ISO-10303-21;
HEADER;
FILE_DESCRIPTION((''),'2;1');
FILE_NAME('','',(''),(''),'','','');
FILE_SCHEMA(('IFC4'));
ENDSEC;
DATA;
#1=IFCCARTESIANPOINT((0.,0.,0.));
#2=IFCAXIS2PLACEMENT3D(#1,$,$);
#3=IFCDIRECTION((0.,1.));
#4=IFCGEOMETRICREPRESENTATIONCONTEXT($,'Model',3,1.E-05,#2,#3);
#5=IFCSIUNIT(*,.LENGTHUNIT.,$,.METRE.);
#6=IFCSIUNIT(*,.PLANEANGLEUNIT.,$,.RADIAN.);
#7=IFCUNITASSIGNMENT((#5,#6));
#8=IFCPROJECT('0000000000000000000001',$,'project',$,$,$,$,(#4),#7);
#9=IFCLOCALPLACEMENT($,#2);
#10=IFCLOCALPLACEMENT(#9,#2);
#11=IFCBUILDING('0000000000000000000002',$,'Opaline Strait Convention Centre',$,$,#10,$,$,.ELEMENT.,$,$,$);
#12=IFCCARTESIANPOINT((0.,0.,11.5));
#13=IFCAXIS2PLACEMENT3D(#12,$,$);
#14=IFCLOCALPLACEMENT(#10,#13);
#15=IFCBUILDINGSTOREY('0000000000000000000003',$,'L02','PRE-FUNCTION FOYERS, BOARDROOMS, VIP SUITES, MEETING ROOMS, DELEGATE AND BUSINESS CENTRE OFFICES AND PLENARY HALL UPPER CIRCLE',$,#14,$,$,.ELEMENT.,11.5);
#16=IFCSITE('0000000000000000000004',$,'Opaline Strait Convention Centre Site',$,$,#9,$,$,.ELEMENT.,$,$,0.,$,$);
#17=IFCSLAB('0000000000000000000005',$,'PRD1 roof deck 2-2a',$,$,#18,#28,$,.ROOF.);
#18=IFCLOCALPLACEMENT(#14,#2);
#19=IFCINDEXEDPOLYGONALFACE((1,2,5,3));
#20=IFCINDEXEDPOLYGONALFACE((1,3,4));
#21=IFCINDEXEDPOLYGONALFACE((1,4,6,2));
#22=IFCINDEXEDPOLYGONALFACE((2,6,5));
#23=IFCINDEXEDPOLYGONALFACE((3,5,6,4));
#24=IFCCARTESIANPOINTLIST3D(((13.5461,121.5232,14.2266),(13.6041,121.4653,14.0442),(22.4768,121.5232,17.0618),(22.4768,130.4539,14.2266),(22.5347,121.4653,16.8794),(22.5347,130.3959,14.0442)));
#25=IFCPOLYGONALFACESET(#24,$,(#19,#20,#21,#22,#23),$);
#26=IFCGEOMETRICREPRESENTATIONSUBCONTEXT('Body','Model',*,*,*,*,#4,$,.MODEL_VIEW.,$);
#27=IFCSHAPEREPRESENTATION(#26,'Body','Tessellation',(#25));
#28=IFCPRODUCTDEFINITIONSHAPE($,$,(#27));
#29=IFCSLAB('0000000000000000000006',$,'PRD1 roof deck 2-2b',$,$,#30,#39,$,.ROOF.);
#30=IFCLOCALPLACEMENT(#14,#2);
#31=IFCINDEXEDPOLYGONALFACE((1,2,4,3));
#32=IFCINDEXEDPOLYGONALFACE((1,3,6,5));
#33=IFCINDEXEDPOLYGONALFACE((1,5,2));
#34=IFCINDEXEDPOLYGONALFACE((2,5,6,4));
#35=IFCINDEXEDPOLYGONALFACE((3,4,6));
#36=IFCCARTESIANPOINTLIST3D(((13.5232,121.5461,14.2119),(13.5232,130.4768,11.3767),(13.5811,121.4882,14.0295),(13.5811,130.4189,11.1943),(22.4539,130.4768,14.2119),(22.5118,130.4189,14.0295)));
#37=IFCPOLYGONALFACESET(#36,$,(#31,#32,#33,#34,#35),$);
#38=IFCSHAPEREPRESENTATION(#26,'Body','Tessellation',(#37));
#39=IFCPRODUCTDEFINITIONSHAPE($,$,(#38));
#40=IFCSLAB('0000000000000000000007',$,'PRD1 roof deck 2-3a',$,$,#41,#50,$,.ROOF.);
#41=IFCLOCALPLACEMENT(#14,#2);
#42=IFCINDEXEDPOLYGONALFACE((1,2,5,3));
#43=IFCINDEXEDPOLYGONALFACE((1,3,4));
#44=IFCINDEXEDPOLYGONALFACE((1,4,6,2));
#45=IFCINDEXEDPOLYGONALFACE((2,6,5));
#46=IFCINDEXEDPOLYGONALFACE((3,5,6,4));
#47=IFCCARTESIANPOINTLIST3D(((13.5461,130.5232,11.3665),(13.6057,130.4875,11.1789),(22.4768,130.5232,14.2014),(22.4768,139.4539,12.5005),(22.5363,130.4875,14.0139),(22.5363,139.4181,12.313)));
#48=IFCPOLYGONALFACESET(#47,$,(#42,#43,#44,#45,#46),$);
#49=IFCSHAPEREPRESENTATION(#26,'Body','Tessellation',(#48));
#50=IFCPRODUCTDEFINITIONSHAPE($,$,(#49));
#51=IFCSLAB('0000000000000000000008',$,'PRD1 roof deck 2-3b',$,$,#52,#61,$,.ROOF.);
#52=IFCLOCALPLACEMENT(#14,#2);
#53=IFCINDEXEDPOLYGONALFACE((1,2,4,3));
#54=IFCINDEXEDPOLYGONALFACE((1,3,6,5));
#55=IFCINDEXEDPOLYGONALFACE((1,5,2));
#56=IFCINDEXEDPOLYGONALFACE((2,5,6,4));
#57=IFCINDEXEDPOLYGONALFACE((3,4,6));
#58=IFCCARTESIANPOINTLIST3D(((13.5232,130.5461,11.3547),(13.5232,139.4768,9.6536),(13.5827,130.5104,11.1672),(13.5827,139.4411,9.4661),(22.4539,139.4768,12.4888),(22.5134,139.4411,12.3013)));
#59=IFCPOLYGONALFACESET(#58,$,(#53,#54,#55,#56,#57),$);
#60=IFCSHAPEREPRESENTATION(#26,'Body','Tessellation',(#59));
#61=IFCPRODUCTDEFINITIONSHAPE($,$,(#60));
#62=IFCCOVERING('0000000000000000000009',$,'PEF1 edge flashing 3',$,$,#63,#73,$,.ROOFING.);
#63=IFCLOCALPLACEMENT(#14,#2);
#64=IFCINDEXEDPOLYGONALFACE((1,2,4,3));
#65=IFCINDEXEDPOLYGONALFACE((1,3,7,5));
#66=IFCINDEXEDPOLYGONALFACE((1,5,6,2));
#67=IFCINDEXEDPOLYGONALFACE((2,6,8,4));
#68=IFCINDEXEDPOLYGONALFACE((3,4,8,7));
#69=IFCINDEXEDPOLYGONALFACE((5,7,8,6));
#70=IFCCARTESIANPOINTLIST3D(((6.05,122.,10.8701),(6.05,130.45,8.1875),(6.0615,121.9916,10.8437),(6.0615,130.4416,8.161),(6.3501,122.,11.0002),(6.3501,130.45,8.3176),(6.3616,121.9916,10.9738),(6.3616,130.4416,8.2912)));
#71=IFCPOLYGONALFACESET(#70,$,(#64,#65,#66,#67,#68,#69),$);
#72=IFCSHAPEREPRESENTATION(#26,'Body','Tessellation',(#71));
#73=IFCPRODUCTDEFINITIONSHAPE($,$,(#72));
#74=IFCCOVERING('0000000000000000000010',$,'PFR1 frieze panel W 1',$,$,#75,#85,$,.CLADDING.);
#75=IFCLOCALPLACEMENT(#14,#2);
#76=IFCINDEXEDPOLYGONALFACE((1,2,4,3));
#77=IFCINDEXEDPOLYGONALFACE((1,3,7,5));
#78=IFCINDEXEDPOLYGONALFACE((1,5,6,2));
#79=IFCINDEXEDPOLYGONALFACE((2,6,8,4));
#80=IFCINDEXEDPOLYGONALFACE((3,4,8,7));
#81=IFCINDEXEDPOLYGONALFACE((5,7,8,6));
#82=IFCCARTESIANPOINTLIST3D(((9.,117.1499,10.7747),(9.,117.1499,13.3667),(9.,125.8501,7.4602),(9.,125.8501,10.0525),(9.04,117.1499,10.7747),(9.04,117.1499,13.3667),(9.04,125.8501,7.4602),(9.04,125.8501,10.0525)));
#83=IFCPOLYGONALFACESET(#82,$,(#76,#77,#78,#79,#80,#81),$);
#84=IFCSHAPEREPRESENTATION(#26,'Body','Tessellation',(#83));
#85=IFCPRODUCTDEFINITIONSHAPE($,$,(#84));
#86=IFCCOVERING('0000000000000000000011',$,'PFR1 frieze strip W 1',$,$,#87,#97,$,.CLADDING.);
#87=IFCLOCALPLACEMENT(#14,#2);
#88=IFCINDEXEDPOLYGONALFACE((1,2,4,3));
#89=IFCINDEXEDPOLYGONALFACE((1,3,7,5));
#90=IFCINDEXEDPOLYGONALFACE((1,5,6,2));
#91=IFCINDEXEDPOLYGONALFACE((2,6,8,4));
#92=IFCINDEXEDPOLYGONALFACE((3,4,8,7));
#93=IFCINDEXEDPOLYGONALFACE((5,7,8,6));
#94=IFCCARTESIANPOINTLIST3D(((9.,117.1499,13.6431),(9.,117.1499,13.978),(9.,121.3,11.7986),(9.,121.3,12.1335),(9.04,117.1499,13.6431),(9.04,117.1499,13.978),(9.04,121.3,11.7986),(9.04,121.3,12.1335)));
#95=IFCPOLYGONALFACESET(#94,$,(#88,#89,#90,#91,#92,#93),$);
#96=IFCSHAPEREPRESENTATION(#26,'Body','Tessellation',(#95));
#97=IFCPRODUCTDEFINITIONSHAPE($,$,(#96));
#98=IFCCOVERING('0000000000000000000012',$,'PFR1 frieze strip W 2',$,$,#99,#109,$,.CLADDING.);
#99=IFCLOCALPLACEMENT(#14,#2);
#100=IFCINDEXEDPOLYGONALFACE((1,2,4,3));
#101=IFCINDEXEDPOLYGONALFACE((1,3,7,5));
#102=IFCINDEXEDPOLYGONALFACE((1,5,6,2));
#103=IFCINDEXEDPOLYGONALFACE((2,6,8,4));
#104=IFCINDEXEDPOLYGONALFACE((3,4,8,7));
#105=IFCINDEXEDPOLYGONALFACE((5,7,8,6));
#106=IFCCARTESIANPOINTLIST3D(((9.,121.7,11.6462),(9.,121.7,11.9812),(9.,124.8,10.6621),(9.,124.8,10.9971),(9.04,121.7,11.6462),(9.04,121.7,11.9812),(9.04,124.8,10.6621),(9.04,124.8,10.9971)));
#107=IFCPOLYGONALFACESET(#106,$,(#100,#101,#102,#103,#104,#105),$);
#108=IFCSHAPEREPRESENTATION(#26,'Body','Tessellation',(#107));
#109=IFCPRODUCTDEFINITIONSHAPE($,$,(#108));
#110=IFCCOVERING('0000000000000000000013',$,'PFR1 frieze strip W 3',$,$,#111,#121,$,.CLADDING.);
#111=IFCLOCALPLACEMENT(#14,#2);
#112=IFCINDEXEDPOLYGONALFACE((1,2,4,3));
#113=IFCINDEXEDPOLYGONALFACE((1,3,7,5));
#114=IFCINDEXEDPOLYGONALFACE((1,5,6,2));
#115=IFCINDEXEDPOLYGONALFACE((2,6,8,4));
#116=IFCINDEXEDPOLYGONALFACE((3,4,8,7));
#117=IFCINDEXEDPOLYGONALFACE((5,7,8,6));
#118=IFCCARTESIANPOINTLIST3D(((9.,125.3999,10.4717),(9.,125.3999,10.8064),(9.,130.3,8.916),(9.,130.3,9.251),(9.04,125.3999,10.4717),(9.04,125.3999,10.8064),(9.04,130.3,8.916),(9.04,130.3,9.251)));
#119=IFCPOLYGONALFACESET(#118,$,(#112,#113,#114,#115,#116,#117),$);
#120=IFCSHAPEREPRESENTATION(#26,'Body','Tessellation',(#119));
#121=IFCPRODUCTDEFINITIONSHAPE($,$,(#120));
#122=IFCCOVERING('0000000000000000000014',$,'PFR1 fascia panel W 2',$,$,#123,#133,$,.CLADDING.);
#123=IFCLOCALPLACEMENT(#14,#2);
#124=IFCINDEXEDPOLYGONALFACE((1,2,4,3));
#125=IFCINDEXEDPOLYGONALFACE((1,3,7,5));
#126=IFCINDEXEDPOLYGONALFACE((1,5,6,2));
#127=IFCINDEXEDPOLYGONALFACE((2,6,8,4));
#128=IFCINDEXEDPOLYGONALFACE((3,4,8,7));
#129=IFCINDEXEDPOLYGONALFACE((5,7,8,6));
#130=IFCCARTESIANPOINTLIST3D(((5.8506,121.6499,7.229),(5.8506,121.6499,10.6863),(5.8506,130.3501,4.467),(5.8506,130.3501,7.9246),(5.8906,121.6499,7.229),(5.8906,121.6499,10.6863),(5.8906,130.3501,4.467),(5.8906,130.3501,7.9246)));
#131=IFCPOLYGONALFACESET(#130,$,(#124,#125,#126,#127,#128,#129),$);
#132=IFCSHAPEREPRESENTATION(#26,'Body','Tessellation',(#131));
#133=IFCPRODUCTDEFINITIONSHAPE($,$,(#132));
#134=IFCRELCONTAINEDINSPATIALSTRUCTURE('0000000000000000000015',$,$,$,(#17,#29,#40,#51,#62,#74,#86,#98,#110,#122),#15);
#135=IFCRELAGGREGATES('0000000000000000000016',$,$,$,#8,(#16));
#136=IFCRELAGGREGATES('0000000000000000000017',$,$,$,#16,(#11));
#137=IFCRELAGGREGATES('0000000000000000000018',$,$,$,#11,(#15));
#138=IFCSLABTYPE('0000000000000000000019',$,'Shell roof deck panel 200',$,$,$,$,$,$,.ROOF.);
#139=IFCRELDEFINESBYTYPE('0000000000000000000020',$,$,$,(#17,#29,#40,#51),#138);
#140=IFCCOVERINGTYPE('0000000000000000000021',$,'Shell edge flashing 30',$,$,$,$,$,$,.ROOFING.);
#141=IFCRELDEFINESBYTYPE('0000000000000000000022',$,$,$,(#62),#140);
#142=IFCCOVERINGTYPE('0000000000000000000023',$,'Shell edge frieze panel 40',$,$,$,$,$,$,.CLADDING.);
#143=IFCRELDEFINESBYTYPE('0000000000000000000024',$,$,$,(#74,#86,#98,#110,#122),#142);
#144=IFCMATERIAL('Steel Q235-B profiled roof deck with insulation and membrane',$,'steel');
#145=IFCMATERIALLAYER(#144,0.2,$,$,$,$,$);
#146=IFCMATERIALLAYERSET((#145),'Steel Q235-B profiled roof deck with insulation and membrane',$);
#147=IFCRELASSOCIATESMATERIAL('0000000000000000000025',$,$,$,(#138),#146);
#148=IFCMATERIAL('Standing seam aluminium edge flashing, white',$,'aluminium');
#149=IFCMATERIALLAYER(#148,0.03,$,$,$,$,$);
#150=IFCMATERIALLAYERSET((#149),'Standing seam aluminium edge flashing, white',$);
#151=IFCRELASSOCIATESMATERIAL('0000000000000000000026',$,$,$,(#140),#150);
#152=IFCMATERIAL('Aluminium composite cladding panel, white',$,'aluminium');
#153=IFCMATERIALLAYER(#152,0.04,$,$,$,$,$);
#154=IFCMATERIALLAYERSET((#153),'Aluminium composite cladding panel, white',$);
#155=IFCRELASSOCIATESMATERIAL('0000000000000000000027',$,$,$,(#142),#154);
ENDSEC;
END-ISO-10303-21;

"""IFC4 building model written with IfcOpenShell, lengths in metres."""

from ifc_helpers import new_model, si_unit, direction, frame, origin, place, context, subcontext, project, spatial, polyline, outline, extrude, material, layer, layer_set, type_object, element, save


model = new_model("IFC4")

# Units and contexts
model_context = context("Model", 3, precision=1e-05, world=origin(), true_north=direction((0.0, 1.0)))
body_context = subcontext(model_context, "Body", "Model", "MODEL_VIEW")
ifc_project = project(units=[si_unit("LENGTHUNIT", "METRE"), si_unit("PLANEANGLEUNIT", "RADIAN")], contexts=[model_context])

# Site, building, storey
site_placement = place(None, origin())
site = spatial("IfcSite", under=ifc_project, at=site_placement, Name="Opaline Strait Convention Centre Site", CompositionType="ELEMENT", RefElevation=0.0)
building_placement = place(site_placement, origin())
building = spatial("IfcBuilding", under=site, at=building_placement, Name="Opaline Strait Convention Centre", CompositionType="ELEMENT")
storey_placement = place(building_placement, frame((0.0, 0.0, 11.5)))
storey = spatial("IfcBuildingStorey", under=building, at=storey_placement, Name="L02", Description="PRE-FUNCTION FOYERS, BOARDROOMS, VIP SUITES, MEETING ROOMS, DELEGATE AND BUSINESS CENTRE OFFICES AND PLENARY HALL UPPER CIRCLE", CompositionType="ELEMENT", Elevation=11.5)

# Slabs
ifc_material_1 = material(Name="Steel Q235-B profiled roof deck with insulation and membrane", Category="steel")
ifc_layer_1 = layer(ifc_material_1, 0.2)
ifc_layer_set_1 = layer_set([ifc_layer_1], Name="Steel Q235-B profiled roof deck with insulation and membrane")
slab_type = type_object("IfcSlabType", Name="Shell roof deck panel 200", PredefinedType="ROOF", material=ifc_layer_set_1)
slab_1_placement = place(storey_placement, frame((13.5461, 121.5232, 14.2266), z_axis=(-0.289618, 0.289618, 0.912273), x_axis=(0.953122, 0.0, 0.302586)))
element("IfcSlab", 1, at=slab_1_placement, inside=storey, type_object=slab_type, Name="PRD1 roof deck 2-2a", PredefinedType="ROOF", context=body_context, shape_type="SweptSolid", body=[
    extrude(outline(polyline([(0.0, 0.0), (9.3699, 0.0), (8.512, 9.3306), (0.0, 0.0)])), origin(), (0.0, 0.0, -1.0), 0.2),
])
slab_2_placement = place(storey_placement, frame((13.5232, 121.5461, 14.2119), z_axis=(-0.289618, 0.289618, 0.912273), x_axis=(0.707107, 0.707107, 0.0)))
element("IfcSlab", 2, at=slab_2_placement, inside=storey, type_object=slab_type, Name="PRD1 roof deck 2-2b", PredefinedType="ROOF", context=body_context, shape_type="SweptSolid", body=[
    extrude(outline(polyline([(0.0, 0.0), (12.6299, 0.0), (6.3149, 6.9222), (0.0, 0.0)])), origin(), (0.0, 0.0, -1.0), 0.2),
])
slab_3_placement = place(storey_placement, frame((13.5461, 130.5232, 11.3665), z_axis=(-0.297697, 0.178613, 0.937803), x_axis=(0.95313, 0.0, 0.302563)))
element("IfcSlab", 3, at=slab_3_placement, inside=storey, type_object=slab_type, Name="PRD1 roof deck 2-3a", PredefinedType="ROOF", context=body_context, shape_type="SweptSolid", body=[
    extrude(outline(polyline([(0.0, 0.0), (9.3698, 0.0), (8.8552, 9.0766), (0.0, 0.0)])), origin(), (0.0, 0.0, -1.0), 0.2),
])
slab_4_placement = place(storey_placement, frame((13.5232, 130.5461, 11.3547), z_axis=(-0.297719, 0.178637, 0.937791), x_axis=(0.704273, 0.704273, 0.08943)))
element("IfcSlab", 4, at=slab_4_placement, inside=storey, type_object=slab_type, Name="PRD1 roof deck 2-3b", PredefinedType="ROOF", context=body_context, shape_type="SweptSolid", body=[
    extrude(outline(polyline([(0.0, 0.0), (12.6807, 0.0), (6.1375, 6.7069), (0.0, 0.0)])), origin(), (0.0, 0.0, -1.0), 0.2),
])

# Coverings
ifc_material_2 = material(Name="Standing seam aluminium edge flashing, white", Category="aluminium")
ifc_layer_2 = layer(ifc_material_2, 0.03)
ifc_layer_set_2 = layer_set([ifc_layer_2], Name="Standing seam aluminium edge flashing, white")
covering_type_1 = type_object("IfcCoveringType", Name="Shell edge flashing 30", PredefinedType="ROOFING", material=ifc_layer_set_2)
covering_1_placement = place(storey_placement, frame((6.05, 122.0, 10.8701), z_axis=(-0.382006, 0.27964, 0.880836), x_axis=(0.917438, 0.0, 0.39788)))
element("IfcCovering", 5, at=covering_1_placement, inside=storey, type_object=covering_type_1, Name="PEF1 edge flashing 3", PredefinedType="ROOFING", context=body_context, shape_type="SweptSolid", body=[
    extrude(outline(polyline([(0.0, 0.0), (0.3271, 0.0), (-0.7403, 8.8011), (-1.0674, 8.8011), (0.0, 0.0)])), origin(), (0.0, 0.0, -1.0), 0.03),
])
ifc_material_3 = material(Name="Aluminium composite cladding panel, white", Category="aluminium")
ifc_layer_3 = layer(ifc_material_3, 0.04)
ifc_layer_set_3 = layer_set([ifc_layer_3], Name="Aluminium composite cladding panel, white")
covering_type_2 = type_object("IfcCoveringType", Name="Shell edge frieze panel 40", PredefinedType="CLADDING", material=ifc_layer_set_3)
covering_2_placement = place(storey_placement, frame((9.0, 117.1499, 13.3667), z_axis=(-1.0, 0.0, 0.0), x_axis=(0.0, 0.934493, -0.355981)))
element("IfcCovering", 6, at=covering_2_placement, inside=storey, type_object=covering_type_2, Name="PFR1 frieze panel W 1", PredefinedType="CLADDING", context=body_context, shape_type="SweptSolid", body=[
    extrude(outline(polyline([(0.0, 0.0), (9.3101, 0.0), (10.2329, 2.4225), (0.9227, 2.4222), (0.0, 0.0)])), origin(), (0.0, 0.0, -1.0), 0.04),
])
covering_3_placement = place(storey_placement, frame((9.0, 117.1499, 13.978), z_axis=(-1.0, 0.0, 0.0), x_axis=(0.0, 0.913814, -0.406133)))
element("IfcCovering", 7, at=covering_3_placement, inside=storey, type_object=covering_type_2, Name="PFR1 frieze strip W 1", PredefinedType="CLADDING", context=body_context, shape_type="SweptSolid", body=[
    extrude(outline(polyline([(0.0, 0.0), (4.5416, 0.0), (4.6776, 0.3061), (0.136, 0.3061), (0.0, 0.0)])), origin(), (0.0, 0.0, -1.0), 0.04),
])
covering_4_placement = place(storey_placement, frame((9.0, 121.7, 11.9812), z_axis=(-1.0, 0.0, 0.0), x_axis=(0.0, 0.953127, -0.302572)))
element("IfcCovering", 8, at=covering_4_placement, inside=storey, type_object=covering_type_2, Name="PFR1 frieze strip W 2", PredefinedType="CLADDING", context=body_context, shape_type="SweptSolid", body=[
    extrude(outline(polyline([(0.0, 0.0), (3.2526, 0.0), (3.3539, 0.3193), (0.1013, 0.3193), (0.0, 0.0)])), origin(), (0.0, 0.0, -1.0), 0.04),
])
covering_5_placement = place(storey_placement, frame((9.0, 125.3999, 10.8064), z_axis=(-1.0, 0.0, 0.0), x_axis=(0.0, 0.953134, -0.302547)))
element("IfcCovering", 9, at=covering_5_placement, inside=storey, type_object=covering_type_2, Name="PFR1 frieze strip W 3", PredefinedType="CLADDING", context=body_context, shape_type="SweptSolid", body=[
    extrude(outline(polyline([(0.0, 0.0), (5.1411, 0.0), (5.2424, 0.3193), (0.1013, 0.319), (0.0, 0.0)])), origin(), (0.0, 0.0, -1.0), 0.04),
])
covering_6_placement = place(storey_placement, frame((5.8506, 121.6499, 10.6863), z_axis=(-1.0, 0.0, 0.0), x_axis=(0.0, 0.953132, -0.302554)))
element("IfcCovering", 10, at=covering_6_placement, inside=storey, type_object=covering_type_2, Name="PFR1 fascia panel W 2", PredefinedType="CLADDING", context=body_context, shape_type="SweptSolid", body=[
    extrude(outline(polyline([(0.0, 0.0), (9.128, 0.0), (10.1741, 3.2955), (1.046, 3.2952), (0.0, 0.0)])), origin(), (0.0, 0.0, -1.0), 0.04),
])

save(model, "model.ifc")
